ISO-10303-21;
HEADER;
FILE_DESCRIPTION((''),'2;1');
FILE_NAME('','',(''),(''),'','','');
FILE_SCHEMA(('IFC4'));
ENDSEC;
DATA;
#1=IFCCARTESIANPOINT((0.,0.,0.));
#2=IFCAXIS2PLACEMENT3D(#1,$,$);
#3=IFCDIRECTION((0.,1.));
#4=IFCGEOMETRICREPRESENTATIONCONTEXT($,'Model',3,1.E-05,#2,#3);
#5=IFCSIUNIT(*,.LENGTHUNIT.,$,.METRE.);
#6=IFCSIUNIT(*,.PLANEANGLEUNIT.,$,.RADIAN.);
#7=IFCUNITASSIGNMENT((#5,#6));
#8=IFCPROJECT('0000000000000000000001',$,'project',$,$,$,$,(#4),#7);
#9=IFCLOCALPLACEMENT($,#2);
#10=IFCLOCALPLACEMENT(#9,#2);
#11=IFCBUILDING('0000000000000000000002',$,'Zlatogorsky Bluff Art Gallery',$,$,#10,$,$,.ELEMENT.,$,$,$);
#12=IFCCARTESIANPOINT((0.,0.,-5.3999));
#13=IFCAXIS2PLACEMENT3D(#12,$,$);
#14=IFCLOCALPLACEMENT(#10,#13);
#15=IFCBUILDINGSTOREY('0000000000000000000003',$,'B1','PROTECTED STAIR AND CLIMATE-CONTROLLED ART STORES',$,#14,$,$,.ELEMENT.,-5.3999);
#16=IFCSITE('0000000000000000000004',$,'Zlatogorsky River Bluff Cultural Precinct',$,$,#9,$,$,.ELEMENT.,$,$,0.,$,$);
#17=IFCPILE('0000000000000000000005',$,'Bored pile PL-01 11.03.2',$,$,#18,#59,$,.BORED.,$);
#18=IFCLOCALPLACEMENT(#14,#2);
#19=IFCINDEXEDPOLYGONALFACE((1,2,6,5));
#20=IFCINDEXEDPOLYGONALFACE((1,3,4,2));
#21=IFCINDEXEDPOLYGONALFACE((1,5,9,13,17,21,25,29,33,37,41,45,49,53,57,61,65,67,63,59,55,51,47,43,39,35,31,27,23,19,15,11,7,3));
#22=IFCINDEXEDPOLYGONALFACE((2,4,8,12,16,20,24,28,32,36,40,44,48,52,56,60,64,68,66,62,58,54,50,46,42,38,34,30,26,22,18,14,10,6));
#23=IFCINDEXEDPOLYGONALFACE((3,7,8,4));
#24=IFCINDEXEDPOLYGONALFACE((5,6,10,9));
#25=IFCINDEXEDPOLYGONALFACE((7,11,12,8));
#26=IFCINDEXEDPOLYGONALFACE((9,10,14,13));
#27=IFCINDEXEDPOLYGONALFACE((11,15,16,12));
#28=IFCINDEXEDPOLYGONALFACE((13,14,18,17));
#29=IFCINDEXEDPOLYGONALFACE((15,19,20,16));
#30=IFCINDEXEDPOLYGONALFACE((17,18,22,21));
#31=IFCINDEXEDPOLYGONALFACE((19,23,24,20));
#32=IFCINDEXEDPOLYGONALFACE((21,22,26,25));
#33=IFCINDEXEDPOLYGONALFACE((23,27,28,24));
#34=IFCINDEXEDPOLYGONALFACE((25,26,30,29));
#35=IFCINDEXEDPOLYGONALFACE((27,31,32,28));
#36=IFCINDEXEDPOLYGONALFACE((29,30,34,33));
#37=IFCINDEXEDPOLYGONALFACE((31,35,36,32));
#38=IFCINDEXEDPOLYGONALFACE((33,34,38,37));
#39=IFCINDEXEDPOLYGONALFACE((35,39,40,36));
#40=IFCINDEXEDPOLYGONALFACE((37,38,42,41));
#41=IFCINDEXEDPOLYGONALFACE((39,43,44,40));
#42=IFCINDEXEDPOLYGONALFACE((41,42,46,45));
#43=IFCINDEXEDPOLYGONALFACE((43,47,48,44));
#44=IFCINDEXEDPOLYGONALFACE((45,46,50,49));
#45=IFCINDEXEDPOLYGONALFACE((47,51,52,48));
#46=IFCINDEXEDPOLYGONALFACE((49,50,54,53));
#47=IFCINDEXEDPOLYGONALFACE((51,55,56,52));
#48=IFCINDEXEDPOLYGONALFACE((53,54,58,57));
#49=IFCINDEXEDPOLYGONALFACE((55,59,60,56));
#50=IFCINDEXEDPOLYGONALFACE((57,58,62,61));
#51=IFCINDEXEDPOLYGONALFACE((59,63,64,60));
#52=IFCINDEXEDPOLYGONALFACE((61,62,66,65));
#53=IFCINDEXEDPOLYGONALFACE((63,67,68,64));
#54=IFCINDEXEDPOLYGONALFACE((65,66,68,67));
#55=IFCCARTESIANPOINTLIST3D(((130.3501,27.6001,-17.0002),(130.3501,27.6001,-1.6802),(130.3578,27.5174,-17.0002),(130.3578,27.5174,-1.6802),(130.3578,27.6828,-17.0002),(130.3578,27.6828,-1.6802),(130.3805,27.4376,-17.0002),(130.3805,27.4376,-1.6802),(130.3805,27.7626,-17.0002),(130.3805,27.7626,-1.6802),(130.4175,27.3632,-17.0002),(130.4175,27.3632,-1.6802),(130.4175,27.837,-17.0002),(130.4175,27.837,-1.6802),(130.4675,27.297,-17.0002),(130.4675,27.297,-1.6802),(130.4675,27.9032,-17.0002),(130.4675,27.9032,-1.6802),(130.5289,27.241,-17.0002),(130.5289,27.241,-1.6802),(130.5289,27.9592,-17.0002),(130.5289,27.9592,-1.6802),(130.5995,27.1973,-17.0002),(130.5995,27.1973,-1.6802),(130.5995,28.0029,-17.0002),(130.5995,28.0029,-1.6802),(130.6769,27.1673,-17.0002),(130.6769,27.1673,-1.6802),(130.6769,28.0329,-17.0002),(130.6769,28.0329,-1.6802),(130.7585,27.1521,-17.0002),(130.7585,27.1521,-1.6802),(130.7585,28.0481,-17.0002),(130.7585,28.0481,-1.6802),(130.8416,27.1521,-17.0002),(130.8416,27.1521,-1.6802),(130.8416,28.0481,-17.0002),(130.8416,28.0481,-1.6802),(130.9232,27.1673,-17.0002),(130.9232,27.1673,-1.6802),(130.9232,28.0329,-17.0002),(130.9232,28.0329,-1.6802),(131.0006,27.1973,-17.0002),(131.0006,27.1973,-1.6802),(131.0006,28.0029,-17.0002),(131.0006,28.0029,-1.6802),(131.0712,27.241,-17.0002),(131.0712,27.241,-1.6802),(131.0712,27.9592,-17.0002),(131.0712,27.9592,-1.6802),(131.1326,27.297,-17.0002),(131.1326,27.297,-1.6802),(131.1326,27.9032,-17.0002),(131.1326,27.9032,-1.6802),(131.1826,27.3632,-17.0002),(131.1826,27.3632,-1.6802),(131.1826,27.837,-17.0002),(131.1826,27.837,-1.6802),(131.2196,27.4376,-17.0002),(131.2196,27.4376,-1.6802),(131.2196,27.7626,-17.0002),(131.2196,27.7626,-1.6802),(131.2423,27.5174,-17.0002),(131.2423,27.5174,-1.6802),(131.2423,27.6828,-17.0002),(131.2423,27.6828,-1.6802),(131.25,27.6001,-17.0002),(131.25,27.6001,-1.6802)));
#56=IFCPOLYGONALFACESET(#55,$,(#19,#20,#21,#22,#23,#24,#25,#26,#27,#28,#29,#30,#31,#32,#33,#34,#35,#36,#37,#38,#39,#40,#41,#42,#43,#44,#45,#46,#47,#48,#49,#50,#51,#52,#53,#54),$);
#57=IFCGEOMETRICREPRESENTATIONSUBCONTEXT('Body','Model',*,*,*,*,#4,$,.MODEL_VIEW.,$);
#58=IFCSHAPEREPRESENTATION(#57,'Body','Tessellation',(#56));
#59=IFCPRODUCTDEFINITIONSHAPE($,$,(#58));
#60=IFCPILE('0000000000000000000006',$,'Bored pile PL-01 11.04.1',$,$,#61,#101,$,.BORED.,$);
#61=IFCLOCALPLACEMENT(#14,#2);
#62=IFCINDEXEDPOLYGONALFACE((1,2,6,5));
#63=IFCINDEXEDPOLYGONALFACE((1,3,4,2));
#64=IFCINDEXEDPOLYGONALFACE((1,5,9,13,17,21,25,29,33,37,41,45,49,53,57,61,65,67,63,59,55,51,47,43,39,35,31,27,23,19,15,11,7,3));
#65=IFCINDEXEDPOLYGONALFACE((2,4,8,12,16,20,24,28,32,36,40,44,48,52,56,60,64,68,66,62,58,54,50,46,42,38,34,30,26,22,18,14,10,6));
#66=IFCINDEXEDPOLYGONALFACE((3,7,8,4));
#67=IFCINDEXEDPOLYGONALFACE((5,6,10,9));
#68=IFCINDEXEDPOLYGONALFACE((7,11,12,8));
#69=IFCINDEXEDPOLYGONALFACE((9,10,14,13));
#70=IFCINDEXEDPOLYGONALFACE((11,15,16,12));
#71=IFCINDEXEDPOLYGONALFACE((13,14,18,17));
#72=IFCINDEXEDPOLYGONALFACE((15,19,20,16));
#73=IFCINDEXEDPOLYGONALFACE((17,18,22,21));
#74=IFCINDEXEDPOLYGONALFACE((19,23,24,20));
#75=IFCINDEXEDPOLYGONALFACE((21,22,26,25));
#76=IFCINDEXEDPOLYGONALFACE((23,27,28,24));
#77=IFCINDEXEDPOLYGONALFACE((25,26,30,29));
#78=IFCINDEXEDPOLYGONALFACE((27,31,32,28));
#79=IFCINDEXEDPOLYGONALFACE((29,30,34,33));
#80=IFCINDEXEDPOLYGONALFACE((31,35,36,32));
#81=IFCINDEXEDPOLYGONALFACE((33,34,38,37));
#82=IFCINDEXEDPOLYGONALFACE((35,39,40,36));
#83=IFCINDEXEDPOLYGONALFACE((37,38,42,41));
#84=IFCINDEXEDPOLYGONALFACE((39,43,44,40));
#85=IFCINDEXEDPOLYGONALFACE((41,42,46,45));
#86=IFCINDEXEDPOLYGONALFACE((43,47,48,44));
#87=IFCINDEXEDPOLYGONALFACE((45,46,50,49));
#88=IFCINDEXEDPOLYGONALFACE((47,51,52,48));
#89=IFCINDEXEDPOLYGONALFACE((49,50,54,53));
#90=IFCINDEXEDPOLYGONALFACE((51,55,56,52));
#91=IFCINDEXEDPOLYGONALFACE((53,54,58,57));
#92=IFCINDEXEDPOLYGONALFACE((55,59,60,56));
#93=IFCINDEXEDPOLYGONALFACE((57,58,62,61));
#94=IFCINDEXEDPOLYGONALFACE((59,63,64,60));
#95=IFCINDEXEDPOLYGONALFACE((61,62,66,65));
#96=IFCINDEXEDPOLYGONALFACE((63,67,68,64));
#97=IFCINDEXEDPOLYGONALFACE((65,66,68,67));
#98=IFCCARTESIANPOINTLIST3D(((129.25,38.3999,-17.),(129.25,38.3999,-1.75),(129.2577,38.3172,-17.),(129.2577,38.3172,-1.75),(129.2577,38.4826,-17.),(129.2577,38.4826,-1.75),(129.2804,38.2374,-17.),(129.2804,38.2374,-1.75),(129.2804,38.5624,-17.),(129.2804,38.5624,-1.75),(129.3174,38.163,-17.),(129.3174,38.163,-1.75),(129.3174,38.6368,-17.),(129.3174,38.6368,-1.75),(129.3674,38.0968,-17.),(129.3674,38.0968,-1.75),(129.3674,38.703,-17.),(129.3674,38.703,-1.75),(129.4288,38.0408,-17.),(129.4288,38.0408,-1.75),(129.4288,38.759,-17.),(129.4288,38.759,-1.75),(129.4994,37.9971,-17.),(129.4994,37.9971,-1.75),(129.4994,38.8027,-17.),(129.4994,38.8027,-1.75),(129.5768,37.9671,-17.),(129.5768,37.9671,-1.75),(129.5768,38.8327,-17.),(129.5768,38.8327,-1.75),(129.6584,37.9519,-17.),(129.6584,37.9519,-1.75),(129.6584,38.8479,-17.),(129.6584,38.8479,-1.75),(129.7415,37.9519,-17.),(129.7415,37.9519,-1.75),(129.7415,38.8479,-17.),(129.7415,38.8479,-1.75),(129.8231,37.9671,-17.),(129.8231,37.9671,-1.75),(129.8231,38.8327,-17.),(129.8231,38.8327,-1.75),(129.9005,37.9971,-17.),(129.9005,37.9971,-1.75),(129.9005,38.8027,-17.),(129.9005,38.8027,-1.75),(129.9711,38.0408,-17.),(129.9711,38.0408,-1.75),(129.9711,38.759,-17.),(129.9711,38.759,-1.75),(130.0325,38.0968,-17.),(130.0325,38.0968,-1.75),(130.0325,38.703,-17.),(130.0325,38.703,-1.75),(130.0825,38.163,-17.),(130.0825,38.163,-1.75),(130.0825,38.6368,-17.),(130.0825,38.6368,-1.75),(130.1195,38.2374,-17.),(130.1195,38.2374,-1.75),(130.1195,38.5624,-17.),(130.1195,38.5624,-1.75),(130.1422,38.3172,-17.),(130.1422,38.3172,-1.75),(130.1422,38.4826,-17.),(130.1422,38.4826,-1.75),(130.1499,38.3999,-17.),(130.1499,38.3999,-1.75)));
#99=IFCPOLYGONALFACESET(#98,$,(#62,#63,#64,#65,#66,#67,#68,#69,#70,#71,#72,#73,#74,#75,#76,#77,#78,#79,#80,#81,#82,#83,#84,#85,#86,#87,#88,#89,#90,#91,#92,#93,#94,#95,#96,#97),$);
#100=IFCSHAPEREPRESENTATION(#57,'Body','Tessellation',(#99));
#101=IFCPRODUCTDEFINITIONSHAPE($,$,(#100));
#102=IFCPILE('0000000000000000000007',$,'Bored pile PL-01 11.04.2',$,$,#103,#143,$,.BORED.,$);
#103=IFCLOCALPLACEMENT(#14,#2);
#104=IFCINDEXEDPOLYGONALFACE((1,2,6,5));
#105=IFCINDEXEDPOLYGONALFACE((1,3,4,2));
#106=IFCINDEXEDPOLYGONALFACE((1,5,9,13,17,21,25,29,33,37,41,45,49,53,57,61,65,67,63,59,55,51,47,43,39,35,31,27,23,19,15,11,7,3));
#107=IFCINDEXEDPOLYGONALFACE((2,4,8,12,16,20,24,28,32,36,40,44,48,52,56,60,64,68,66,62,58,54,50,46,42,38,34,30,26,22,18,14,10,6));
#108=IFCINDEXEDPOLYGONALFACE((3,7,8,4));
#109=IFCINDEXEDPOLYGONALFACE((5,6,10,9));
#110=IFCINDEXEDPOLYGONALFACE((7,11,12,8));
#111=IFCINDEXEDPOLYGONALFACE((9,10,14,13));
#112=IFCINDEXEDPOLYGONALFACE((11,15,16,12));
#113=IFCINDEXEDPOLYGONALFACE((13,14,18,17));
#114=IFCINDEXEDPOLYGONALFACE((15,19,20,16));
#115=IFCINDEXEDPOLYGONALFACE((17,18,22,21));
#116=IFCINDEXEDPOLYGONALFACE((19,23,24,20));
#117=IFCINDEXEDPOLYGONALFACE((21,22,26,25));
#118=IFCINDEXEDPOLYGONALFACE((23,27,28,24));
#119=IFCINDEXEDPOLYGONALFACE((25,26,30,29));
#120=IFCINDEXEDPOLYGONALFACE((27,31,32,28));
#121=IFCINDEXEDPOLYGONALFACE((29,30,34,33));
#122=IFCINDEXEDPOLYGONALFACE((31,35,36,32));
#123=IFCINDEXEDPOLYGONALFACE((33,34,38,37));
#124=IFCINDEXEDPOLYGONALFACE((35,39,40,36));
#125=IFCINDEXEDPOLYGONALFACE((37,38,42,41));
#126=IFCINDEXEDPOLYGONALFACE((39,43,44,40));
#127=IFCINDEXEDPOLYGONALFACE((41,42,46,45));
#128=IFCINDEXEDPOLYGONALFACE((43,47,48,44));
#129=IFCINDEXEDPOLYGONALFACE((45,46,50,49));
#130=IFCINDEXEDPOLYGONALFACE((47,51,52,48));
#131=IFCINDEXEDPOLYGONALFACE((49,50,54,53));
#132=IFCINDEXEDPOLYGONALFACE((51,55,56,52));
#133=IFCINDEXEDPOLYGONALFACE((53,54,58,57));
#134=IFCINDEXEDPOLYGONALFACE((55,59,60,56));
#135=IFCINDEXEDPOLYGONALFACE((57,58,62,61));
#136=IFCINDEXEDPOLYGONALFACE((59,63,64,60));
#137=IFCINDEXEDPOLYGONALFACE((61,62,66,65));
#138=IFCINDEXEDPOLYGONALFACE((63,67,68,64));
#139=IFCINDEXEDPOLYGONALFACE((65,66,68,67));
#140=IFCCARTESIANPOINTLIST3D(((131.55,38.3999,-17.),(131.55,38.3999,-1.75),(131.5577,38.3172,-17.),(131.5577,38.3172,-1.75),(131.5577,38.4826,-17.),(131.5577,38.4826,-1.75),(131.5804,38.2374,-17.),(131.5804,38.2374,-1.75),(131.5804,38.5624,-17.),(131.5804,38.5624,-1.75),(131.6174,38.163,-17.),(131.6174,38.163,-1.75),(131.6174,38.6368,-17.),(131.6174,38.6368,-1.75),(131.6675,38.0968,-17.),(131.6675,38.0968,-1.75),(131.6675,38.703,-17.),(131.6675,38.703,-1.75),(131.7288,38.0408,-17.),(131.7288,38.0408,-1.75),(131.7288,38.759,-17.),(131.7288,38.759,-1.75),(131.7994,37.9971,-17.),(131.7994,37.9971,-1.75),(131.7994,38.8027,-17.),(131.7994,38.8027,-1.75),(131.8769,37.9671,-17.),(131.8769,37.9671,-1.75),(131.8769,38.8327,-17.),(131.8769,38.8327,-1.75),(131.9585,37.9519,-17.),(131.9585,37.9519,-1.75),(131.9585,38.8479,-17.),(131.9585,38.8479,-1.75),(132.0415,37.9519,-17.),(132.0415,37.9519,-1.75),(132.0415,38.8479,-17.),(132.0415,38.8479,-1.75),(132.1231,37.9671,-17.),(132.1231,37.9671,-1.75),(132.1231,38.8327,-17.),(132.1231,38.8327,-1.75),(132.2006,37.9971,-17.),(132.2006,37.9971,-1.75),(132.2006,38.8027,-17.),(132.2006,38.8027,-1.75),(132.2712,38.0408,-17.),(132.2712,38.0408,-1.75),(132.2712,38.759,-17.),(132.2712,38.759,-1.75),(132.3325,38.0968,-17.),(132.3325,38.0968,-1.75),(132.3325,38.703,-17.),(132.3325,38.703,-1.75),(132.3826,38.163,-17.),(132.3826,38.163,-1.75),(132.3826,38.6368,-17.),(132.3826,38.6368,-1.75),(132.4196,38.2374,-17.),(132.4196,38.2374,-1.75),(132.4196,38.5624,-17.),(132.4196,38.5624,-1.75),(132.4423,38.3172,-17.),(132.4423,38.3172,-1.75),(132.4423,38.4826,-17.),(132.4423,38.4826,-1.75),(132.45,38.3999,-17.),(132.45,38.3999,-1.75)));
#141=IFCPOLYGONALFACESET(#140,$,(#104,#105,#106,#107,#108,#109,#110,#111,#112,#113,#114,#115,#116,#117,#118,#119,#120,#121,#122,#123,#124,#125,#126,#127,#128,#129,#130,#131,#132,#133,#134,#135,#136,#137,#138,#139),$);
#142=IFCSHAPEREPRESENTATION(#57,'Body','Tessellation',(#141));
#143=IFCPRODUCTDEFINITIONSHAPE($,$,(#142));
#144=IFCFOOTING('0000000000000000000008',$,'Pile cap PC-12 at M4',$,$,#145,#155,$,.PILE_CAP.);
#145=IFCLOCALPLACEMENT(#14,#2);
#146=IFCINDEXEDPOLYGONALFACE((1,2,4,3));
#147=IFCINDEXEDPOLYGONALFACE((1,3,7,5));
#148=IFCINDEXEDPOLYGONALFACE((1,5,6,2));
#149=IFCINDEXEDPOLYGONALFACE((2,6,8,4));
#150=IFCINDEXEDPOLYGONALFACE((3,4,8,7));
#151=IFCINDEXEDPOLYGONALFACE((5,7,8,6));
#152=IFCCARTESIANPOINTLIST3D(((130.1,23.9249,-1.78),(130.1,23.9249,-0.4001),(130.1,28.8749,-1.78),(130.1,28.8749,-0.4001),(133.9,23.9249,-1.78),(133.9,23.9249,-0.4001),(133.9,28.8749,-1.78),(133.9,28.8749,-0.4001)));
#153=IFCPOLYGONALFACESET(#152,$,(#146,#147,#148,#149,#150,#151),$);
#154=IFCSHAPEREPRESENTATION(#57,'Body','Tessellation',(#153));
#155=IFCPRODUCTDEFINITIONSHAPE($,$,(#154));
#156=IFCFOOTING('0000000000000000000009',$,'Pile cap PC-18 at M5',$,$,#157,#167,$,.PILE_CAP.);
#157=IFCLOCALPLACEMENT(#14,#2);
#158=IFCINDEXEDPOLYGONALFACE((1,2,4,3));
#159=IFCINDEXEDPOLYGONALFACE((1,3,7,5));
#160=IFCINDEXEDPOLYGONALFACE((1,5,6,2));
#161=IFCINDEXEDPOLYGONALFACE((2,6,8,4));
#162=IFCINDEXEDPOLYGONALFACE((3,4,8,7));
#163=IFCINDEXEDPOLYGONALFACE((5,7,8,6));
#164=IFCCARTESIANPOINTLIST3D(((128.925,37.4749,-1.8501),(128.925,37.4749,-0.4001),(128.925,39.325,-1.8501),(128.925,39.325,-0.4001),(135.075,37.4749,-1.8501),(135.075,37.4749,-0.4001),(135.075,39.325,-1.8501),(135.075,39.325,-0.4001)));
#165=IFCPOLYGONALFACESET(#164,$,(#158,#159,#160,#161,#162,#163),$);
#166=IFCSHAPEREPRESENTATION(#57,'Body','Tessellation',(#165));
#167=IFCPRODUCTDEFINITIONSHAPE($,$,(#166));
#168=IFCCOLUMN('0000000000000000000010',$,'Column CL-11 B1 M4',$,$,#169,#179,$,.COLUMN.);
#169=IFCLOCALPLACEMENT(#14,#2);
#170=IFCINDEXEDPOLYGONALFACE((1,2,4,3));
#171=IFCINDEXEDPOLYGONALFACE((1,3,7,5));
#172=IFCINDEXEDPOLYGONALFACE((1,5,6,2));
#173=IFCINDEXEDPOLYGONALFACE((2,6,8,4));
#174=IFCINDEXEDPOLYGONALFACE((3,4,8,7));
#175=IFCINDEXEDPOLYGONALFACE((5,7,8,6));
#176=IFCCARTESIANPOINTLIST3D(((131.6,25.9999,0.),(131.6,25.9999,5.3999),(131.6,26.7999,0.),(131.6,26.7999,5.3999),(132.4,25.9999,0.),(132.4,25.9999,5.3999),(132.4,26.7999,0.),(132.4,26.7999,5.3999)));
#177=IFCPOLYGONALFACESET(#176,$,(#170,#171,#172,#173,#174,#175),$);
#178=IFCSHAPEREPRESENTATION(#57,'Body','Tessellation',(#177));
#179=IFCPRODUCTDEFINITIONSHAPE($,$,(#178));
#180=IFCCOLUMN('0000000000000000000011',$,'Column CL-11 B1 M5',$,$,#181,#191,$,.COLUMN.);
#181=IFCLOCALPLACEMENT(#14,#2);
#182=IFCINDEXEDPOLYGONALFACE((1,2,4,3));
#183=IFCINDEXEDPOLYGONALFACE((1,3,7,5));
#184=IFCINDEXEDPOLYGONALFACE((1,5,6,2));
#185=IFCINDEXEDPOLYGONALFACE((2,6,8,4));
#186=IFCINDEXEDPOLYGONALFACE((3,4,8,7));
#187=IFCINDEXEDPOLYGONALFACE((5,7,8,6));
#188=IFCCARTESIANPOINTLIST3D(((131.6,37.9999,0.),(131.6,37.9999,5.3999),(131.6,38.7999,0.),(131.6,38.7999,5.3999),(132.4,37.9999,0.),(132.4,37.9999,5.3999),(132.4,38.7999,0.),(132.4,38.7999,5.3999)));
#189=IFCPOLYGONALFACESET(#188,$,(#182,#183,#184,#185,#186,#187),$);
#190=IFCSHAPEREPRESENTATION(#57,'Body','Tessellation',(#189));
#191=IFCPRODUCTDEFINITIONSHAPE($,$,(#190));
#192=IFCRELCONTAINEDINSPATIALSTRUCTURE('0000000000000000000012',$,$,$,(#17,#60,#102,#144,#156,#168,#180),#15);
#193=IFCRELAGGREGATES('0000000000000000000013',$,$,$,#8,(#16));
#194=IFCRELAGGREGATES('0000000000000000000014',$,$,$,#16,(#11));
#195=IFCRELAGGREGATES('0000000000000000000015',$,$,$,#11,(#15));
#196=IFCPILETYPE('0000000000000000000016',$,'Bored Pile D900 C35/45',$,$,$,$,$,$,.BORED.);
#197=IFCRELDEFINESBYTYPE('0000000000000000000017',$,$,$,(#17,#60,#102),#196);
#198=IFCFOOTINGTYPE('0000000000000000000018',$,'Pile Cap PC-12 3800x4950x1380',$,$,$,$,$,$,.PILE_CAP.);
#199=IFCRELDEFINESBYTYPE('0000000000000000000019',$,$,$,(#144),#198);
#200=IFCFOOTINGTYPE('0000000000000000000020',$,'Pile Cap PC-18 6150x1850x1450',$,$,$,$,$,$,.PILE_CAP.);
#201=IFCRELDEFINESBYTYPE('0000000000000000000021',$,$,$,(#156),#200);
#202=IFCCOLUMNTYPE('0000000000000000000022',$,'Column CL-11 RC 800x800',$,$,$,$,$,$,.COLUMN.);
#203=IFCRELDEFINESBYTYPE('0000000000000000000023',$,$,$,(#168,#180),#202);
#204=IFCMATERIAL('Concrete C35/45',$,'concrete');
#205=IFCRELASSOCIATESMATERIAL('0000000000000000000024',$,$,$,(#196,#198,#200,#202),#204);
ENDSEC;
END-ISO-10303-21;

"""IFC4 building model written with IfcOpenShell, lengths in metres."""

from ifc_helpers import new_model, si_unit, direction, frame, origin, origin_2d, place, context, subcontext, project, spatial, rectangle, circle, extrude, material, material_profile, profile_set, type_object, element, save


model = new_model("IFC4")

# Units and contexts
model_context = context("Model", 3, precision=1e-05, world=origin(), true_north=direction((0.0, 1.0)))
body_context = subcontext(model_context, "Body", "Model", "MODEL_VIEW")
ifc_project = project(units=[si_unit("LENGTHUNIT", "METRE"), si_unit("PLANEANGLEUNIT", "RADIAN")], contexts=[model_context])

# Site, building, storey
site_placement = place(None, origin())
site = spatial("IfcSite", under=ifc_project, at=site_placement, Name="Zlatogorsky River Bluff Cultural Precinct", CompositionType="ELEMENT", RefElevation=0.0)
building_placement = place(site_placement, origin())
building = spatial("IfcBuilding", under=site, at=building_placement, Name="Zlatogorsky Bluff Art Gallery", CompositionType="ELEMENT")
storey_placement = place(building_placement, frame((0.0, 0.0, -5.3999)))
storey = spatial("IfcBuildingStorey", under=building, at=storey_placement, Name="B1", Description="PROTECTED STAIR AND CLIMATE-CONTROLLED ART STORES", CompositionType="ELEMENT", Elevation=-5.3999)

# Piles
ifc_material_1 = material(Name="Concrete C35/45", Category="concrete")
ifc_material_profile_1 = material_profile(ifc_material_1, circle(Radius=0.45, at=origin_2d()), Name="BORED PILE D900")
ifc_profile_set_1 = profile_set([ifc_material_profile_1], Name="Concrete C35/45")
pile_type = type_object("IfcPileType", Name="Bored Pile D900 C35/45", PredefinedType="BORED", material=ifc_profile_set_1)
for number, where, z_axis, x_axis, name in (
    (1, (130.8, 27.6001, -1.6802), (0.0, 0.0, -1.0), (1.0, 0.0, 0.0), "Bored pile PL-01 11.03.2"),
):
    element("IfcPile", number, at=place(storey_placement, frame(where, z_axis=z_axis, x_axis=x_axis)), inside=storey, type_object=pile_type, Name=name, PredefinedType="BORED", context=body_context, shape_type="SweptSolid", body=[
        extrude(circle(Radius=0.45, at=origin_2d()), origin(), (0.0, 0.0, 1.0), 15.3201),
    ])
for number, where, z_axis, x_axis, name in (
    (2, (129.7, 38.3999, -1.75), (0.0, 0.0, -1.0), (1.0, 0.0, 0.0), "Bored pile PL-01 11.04.1"),
    (3, (132.0, 38.3999, -1.75), (0.0, 0.0, -1.0), (1.0, 0.0, 0.0), "Bored pile PL-01 11.04.2"),
):
    element("IfcPile", number, at=place(storey_placement, frame(where, z_axis=z_axis, x_axis=x_axis)), inside=storey, type_object=pile_type, Name=name, PredefinedType="BORED", context=body_context, shape_type="SweptSolid", body=[
        extrude(circle(Radius=0.45, at=origin_2d()), origin(), (0.0, 0.0, 1.0), 15.25),
    ])

# Footings
footing_type_1 = type_object("IfcFootingType", Name="Pile Cap PC-12 3800x4950x1380", PredefinedType="PILE_CAP", material=ifc_material_1)
footing_1_placement = place(storey_placement, frame((132.0, 26.3999, -1.78), z_axis=(0.0, 0.0, 1.0), x_axis=(1.0, 0.0, 0.0)))
element("IfcFooting", 4, at=footing_1_placement, inside=storey, type_object=footing_type_1, Name="Pile cap PC-12 at M4", PredefinedType="PILE_CAP", context=body_context, shape_type="SweptSolid", body=[
    extrude(rectangle(XDim=3.8, YDim=4.95, at=origin_2d()), origin(), (0.0, 0.0, 1.0), 1.3799),
])
footing_type_2 = type_object("IfcFootingType", Name="Pile Cap PC-18 6150x1850x1450", PredefinedType="PILE_CAP", material=ifc_material_1)
footing_2_placement = place(storey_placement, frame((132.0, 38.3999, -1.8501), z_axis=(0.0, 0.0, 1.0), x_axis=(1.0, 0.0, 0.0)))
element("IfcFooting", 5, at=footing_2_placement, inside=storey, type_object=footing_type_2, Name="Pile cap PC-18 at M5", PredefinedType="PILE_CAP", context=body_context, shape_type="SweptSolid", body=[
    extrude(rectangle(XDim=6.1499, YDim=1.8501, at=origin_2d()), origin(), (0.0, 0.0, 1.0), 1.45),
])

# Columns
ifc_material_profile_2 = material_profile(ifc_material_1, rectangle(XDim=0.8, YDim=0.8, at=origin_2d()), Name="RC 800x800")
ifc_profile_set_2 = profile_set([ifc_material_profile_2], Name="Concrete C35/45")
column_type = type_object("IfcColumnType", Name="Column CL-11 RC 800x800", PredefinedType="COLUMN", material=ifc_profile_set_2)
for number, where, z_axis, x_axis, name in (
    (6, (132.0, 26.3999, 0.0), (0.0, 0.0, 1.0), (1.0, 0.0, 0.0), "Column CL-11 B1 M4"),
    (7, (132.0, 38.3999, 0.0), (0.0, 0.0, 1.0), (1.0, 0.0, 0.0), "Column CL-11 B1 M5"),
):
    element("IfcColumn", number, at=place(storey_placement, frame(where, z_axis=z_axis, x_axis=x_axis)), inside=storey, type_object=column_type, Name=name, PredefinedType="COLUMN", context=body_context, shape_type="SweptSolid", body=[
        extrude(rectangle(XDim=0.8, YDim=0.8, at=origin_2d()), origin(), (0.0, 0.0, 1.0), 5.3999),
    ])

save(model, "model.ifc")
